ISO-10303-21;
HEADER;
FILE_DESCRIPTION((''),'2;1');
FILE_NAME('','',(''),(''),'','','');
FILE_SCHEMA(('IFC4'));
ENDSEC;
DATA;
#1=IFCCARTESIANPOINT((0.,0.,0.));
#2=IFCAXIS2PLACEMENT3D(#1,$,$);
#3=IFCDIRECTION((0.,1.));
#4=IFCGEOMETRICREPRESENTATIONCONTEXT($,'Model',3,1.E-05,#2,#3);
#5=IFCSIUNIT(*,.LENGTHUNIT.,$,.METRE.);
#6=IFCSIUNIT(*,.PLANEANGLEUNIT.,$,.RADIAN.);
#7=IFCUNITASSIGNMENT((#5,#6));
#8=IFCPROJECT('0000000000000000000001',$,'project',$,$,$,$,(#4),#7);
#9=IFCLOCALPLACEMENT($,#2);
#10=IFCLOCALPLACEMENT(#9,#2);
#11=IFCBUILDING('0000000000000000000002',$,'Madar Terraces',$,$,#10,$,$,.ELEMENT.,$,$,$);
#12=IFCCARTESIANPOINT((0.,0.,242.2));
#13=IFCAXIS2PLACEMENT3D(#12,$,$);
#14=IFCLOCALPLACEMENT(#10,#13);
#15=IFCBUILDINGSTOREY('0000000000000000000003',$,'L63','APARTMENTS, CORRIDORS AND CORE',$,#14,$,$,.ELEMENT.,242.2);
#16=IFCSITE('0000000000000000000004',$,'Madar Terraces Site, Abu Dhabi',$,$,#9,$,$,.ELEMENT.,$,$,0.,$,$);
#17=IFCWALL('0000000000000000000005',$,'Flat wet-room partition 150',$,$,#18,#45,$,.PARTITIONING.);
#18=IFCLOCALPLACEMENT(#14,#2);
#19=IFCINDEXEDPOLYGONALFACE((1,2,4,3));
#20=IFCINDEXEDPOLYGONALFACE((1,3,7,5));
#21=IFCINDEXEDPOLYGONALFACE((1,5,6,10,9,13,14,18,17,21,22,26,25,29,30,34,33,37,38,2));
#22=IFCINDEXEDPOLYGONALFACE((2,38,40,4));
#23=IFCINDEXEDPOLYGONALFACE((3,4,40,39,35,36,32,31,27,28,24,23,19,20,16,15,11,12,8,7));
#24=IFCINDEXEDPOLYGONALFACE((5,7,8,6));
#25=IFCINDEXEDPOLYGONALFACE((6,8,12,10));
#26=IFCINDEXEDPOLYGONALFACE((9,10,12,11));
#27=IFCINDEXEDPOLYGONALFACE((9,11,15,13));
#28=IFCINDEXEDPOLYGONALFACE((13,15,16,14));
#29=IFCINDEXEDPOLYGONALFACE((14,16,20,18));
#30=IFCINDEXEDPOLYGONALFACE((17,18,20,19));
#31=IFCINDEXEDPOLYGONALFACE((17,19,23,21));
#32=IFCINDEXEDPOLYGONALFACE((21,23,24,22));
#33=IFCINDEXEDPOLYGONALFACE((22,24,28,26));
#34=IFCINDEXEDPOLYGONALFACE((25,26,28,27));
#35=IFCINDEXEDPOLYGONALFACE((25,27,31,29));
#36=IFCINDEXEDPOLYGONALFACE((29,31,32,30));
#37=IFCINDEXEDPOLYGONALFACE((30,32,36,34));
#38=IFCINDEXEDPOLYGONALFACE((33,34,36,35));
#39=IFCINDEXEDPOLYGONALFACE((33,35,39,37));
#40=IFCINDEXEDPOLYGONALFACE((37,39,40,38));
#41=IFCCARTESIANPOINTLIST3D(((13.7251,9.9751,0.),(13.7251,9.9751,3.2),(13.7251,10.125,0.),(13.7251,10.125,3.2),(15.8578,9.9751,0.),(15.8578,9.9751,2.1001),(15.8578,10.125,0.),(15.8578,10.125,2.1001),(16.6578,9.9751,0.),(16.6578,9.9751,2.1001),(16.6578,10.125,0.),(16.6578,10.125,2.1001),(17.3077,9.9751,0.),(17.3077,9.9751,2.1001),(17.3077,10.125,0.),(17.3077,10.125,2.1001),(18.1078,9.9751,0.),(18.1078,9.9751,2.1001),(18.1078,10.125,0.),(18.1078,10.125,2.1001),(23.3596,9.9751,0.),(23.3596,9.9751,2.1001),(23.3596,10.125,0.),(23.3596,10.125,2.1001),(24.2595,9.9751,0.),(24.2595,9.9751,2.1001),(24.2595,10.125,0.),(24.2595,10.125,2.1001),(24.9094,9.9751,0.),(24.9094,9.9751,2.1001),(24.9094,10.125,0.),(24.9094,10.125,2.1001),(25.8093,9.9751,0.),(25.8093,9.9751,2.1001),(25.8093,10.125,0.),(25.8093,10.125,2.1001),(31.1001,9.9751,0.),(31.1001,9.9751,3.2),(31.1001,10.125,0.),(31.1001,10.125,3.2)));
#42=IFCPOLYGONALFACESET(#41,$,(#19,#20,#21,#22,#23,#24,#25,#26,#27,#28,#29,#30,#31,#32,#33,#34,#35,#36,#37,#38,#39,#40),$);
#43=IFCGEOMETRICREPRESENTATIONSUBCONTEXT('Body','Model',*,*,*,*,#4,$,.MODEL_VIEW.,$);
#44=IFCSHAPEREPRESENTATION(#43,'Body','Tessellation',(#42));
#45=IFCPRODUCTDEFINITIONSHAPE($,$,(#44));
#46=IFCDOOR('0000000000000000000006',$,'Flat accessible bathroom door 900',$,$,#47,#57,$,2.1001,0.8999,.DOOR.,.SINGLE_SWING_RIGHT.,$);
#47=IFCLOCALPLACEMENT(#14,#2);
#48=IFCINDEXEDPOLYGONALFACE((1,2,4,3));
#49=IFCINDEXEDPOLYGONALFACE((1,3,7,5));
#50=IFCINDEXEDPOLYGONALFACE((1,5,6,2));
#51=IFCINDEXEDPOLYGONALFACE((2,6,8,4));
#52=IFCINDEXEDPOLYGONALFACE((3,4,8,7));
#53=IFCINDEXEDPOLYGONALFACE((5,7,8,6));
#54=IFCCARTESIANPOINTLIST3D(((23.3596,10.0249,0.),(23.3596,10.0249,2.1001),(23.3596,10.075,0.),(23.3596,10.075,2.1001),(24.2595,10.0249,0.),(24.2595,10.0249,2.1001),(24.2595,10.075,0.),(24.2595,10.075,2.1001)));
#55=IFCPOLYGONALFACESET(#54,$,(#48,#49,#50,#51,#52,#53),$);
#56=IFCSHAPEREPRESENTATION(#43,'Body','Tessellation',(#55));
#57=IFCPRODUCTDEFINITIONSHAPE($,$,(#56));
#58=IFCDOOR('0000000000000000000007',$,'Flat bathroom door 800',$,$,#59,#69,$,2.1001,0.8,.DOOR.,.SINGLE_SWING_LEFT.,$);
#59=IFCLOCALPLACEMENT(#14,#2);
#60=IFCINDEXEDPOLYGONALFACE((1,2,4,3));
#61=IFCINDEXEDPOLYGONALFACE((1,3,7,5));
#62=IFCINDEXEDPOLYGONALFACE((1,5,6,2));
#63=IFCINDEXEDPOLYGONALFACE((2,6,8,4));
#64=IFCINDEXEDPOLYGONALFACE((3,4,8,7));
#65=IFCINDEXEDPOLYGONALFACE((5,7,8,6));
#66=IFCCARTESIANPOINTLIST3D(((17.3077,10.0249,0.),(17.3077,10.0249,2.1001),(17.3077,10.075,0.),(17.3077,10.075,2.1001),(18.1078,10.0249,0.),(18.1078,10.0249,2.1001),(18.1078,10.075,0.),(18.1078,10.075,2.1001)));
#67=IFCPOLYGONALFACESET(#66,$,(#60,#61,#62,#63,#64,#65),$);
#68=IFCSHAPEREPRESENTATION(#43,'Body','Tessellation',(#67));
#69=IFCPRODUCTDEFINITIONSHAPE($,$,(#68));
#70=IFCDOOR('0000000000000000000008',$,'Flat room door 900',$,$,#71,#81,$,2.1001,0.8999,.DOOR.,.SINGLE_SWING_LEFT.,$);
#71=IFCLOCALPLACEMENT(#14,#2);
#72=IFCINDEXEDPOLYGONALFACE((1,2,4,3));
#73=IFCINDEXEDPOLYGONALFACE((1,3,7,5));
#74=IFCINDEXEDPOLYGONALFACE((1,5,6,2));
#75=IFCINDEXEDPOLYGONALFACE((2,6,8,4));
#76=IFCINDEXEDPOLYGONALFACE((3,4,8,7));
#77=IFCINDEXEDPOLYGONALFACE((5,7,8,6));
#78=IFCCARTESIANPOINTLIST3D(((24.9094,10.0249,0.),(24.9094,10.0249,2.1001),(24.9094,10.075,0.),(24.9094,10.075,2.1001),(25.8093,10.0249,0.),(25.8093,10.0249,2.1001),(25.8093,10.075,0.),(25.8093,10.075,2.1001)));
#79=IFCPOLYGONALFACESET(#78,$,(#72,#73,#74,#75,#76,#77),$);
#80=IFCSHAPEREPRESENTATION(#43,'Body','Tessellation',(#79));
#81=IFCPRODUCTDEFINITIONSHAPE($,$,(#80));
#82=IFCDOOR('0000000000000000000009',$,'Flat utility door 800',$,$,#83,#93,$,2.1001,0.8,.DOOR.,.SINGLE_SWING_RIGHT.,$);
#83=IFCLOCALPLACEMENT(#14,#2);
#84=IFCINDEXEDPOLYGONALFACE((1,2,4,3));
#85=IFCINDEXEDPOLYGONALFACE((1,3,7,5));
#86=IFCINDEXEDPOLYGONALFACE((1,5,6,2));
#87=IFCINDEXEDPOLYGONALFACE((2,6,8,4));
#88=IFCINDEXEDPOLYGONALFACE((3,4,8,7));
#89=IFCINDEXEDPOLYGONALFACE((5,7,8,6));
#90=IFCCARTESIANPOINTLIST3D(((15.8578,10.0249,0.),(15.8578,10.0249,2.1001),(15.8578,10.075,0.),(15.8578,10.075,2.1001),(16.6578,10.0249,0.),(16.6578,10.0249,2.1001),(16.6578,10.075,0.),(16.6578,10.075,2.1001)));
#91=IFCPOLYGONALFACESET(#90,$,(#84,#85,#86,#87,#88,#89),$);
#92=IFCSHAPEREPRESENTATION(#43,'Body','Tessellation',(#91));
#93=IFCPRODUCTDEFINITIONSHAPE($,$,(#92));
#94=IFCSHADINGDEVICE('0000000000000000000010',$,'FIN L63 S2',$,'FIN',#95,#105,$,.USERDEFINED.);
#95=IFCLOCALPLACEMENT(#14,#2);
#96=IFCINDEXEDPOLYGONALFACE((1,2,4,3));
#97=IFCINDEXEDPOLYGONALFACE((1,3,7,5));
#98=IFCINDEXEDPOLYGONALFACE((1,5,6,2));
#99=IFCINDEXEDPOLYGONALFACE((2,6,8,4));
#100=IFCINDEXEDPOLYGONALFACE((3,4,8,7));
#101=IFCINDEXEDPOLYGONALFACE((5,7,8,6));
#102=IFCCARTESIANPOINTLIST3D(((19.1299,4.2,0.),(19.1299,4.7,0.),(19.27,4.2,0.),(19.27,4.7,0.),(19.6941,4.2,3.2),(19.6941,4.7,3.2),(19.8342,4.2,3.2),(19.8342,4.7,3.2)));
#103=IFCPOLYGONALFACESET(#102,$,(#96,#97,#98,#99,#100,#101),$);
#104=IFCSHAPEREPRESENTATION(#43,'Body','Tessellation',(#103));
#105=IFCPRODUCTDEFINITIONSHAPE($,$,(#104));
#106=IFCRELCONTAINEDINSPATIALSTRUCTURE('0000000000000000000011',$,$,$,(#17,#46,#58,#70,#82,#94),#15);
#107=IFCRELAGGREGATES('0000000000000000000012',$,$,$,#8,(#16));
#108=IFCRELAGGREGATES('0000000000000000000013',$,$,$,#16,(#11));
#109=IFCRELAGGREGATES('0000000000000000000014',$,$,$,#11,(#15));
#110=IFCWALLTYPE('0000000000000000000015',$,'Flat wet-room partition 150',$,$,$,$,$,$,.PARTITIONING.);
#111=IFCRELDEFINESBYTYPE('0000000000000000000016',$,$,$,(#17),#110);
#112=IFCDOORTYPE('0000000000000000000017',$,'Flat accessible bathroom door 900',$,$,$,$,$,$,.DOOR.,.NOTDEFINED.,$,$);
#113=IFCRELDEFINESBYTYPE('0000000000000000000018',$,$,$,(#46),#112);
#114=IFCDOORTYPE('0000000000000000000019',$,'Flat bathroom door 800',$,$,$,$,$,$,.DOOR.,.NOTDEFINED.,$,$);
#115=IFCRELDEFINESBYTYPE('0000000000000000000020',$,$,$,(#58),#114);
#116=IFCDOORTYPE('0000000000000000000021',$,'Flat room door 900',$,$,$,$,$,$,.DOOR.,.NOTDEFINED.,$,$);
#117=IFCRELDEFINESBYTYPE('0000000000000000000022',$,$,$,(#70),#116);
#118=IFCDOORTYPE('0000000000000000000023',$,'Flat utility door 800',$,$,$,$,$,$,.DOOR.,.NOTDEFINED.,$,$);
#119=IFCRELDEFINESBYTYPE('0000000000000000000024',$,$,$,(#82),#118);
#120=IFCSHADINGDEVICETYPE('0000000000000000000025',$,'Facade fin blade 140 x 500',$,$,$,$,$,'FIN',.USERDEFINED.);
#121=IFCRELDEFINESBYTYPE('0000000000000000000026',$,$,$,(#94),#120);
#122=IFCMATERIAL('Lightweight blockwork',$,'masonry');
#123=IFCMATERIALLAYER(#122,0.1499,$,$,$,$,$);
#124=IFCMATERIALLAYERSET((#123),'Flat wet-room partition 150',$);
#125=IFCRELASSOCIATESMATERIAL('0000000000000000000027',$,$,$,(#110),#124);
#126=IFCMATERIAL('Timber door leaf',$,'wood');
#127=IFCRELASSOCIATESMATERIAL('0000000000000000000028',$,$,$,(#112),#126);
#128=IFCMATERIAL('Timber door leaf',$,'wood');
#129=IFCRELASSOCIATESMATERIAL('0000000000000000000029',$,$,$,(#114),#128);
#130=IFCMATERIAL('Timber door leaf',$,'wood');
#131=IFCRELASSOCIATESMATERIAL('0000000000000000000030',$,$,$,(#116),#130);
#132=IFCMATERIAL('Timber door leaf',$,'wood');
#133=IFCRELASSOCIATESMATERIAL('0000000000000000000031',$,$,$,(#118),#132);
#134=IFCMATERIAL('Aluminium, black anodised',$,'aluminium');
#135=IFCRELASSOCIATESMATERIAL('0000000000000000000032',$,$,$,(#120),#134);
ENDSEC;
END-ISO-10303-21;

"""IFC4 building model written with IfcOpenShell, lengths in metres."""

from ifc_helpers import new_model, si_unit, direction, frame, frame_2d, origin, place, context, subcontext, project, spatial, polyline, rectangle, outline, extrude, material, layer, layer_set, type_object, element, fill, save


model = new_model("IFC4")

# Units and contexts
model_context = context("Model", 3, precision=1e-05, world=origin(), true_north=direction((0.0, 1.0)))
body_context = subcontext(model_context, "Body", "Model", "MODEL_VIEW")
ifc_project = project(units=[si_unit("LENGTHUNIT", "METRE"), si_unit("PLANEANGLEUNIT", "RADIAN")], contexts=[model_context])

# Site, building, storey
site_placement = place(None, origin())
site = spatial("IfcSite", under=ifc_project, at=site_placement, Name="Madar Terraces Site, Abu Dhabi", CompositionType="ELEMENT", RefElevation=0.0)
building_placement = place(site_placement, origin())
building = spatial("IfcBuilding", under=site, at=building_placement, Name="Madar Terraces", CompositionType="ELEMENT")
storey_placement = place(building_placement, frame((0.0, 0.0, 242.2)))
storey = spatial("IfcBuildingStorey", under=building, at=storey_placement, Name="L63", Description="APARTMENTS, CORRIDORS AND CORE", CompositionType="ELEMENT", Elevation=242.2)

# Shared definitions
ifc_material_1 = material(Name="Lightweight blockwork", Category="masonry")
ifc_layer_1 = layer(ifc_material_1, 0.1499)
ifc_layer_set_1 = layer_set([ifc_layer_1], Name="Flat wet-room partition 150")
wall_type_1 = type_object("IfcWallType", Name="Flat wet-room partition 150", PredefinedType="PARTITIONING", material=ifc_layer_set_1)

# Wall, openings, doors
wall_1_placement = place(storey_placement, frame((13.7251, 10.05, 0.0), z_axis=(0.0, 0.0, 1.0), x_axis=(1.0, 0.0, 0.0)))
wall_1 = element("IfcWall", 1, at=wall_1_placement, inside=storey, type_object=wall_type_1, Name="Flat wet-room partition 150", PredefinedType="PARTITIONING", context=body_context, shape_type="SweptSolid", body=[
    extrude(rectangle(XDim=17.375, YDim=0.1499, at=frame_2d((8.6875, 0.0))), origin(), (0.0, 0.0, 1.0), 3.2),
])
opening_1_placement = place(wall_1_placement, frame((2.1328, 0.0, 0.0)))
opening_1 = element("IfcOpeningElement", 2, at=opening_1_placement, cuts=wall_1, PredefinedType="OPENING", context=body_context, shape_type="SweptSolid", body=[
    extrude(rectangle(XDim=0.8, YDim=2.1001, at=frame_2d((0.3999, 1.05))), frame((0.0, 0.085, 0.0), z_axis=(0.0, -1.0, 0.0), x_axis=(1.0, 0.0, 0.0)), (0.0, 0.0, 1.0), 0.1699),
])
opening_2_placement = place(wall_1_placement, frame((3.5828, 0.0, 0.0)))
opening_2 = element("IfcOpeningElement", 3, at=opening_2_placement, cuts=wall_1, PredefinedType="OPENING", context=body_context, shape_type="SweptSolid", body=[
    extrude(rectangle(XDim=0.8, YDim=2.1001, at=frame_2d((0.3999, 1.05))), frame((0.0, 0.085, 0.0), z_axis=(0.0, -1.0, 0.0), x_axis=(1.0, 0.0, 0.0)), (0.0, 0.0, 1.0), 0.1699),
])
opening_3_placement = place(wall_1_placement, frame((9.6345, 0.0, 0.0)))
opening_3 = element("IfcOpeningElement", 4, at=opening_3_placement, cuts=wall_1, PredefinedType="OPENING", context=body_context, shape_type="SweptSolid", body=[
    extrude(rectangle(XDim=0.8999, YDim=2.1001, at=frame_2d((0.45, 1.05))), frame((0.0, 0.085, 0.0), z_axis=(0.0, -1.0, 0.0), x_axis=(1.0, 0.0, 0.0)), (0.0, 0.0, 1.0), 0.1699),
])
opening_4_placement = place(wall_1_placement, frame((11.1843, 0.0, 0.0)))
opening_4 = element("IfcOpeningElement", 5, at=opening_4_placement, cuts=wall_1, PredefinedType="OPENING", context=body_context, shape_type="SweptSolid", body=[
    extrude(rectangle(XDim=0.8999, YDim=2.1001, at=frame_2d((0.45, 1.05))), frame((0.0, 0.085, 0.0), z_axis=(0.0, -1.0, 0.0), x_axis=(1.0, 0.0, 0.0)), (0.0, 0.0, 1.0), 0.1699),
])
ifc_material_2 = material(Name="Timber door leaf", Category="wood")
door_type_1 = type_object("IfcDoorType", Name="Flat accessible bathroom door 900", OperationType="NOTDEFINED", PredefinedType="DOOR", material=ifc_material_2)
door_1_placement = place(opening_3_placement, origin())
door_1 = element("IfcDoor", 6, at=door_1_placement, inside=storey, type_object=door_type_1, Name="Flat accessible bathroom door 900", OperationType="SINGLE_SWING_RIGHT", OverallHeight=2.1001, OverallWidth=0.8999, PredefinedType="DOOR", context=body_context, shape_type="SweptSolid", body=[
    extrude(rectangle(XDim=0.8999, YDim=2.1001, at=frame_2d((0.45, 1.05))), frame((0.0, 0.0249, 0.0), z_axis=(0.0, -1.0, 0.0), x_axis=(1.0, 0.0, 0.0)), (0.0, 0.0, 1.0), 0.05),
])
fill(opening_3, door_1)
ifc_material_3 = material(Name="Timber door leaf", Category="wood")
door_type_2 = type_object("IfcDoorType", Name="Flat bathroom door 800", OperationType="NOTDEFINED", PredefinedType="DOOR", material=ifc_material_3)
door_2_placement = place(opening_2_placement, origin())
door_2 = element("IfcDoor", 7, at=door_2_placement, inside=storey, type_object=door_type_2, Name="Flat bathroom door 800", OperationType="SINGLE_SWING_LEFT", OverallHeight=2.1001, OverallWidth=0.8, PredefinedType="DOOR", context=body_context, shape_type="SweptSolid", body=[
    extrude(rectangle(XDim=0.8, YDim=2.1001, at=frame_2d((0.3999, 1.05))), frame((0.0, 0.0249, 0.0), z_axis=(0.0, -1.0, 0.0), x_axis=(1.0, 0.0, 0.0)), (0.0, 0.0, 1.0), 0.05),
])
fill(opening_2, door_2)
ifc_material_4 = material(Name="Timber door leaf", Category="wood")
door_type_3 = type_object("IfcDoorType", Name="Flat room door 900", OperationType="NOTDEFINED", PredefinedType="DOOR", material=ifc_material_4)
door_3_placement = place(opening_4_placement, origin())
door_3 = element("IfcDoor", 8, at=door_3_placement, inside=storey, type_object=door_type_3, Name="Flat room door 900", OperationType="SINGLE_SWING_LEFT", OverallHeight=2.1001, OverallWidth=0.8999, PredefinedType="DOOR", context=body_context, shape_type="SweptSolid", body=[
    extrude(rectangle(XDim=0.8999, YDim=2.1001, at=frame_2d((0.45, 1.05))), frame((0.0, 0.0249, 0.0), z_axis=(0.0, -1.0, 0.0), x_axis=(1.0, 0.0, 0.0)), (0.0, 0.0, 1.0), 0.05),
])
fill(opening_4, door_3)
ifc_material_5 = material(Name="Timber door leaf", Category="wood")
door_type_4 = type_object("IfcDoorType", Name="Flat utility door 800", OperationType="NOTDEFINED", PredefinedType="DOOR", material=ifc_material_5)
door_4_placement = place(opening_1_placement, origin())
door_4 = element("IfcDoor", 9, at=door_4_placement, inside=storey, type_object=door_type_4, Name="Flat utility door 800", OperationType="SINGLE_SWING_RIGHT", OverallHeight=2.1001, OverallWidth=0.8, PredefinedType="DOOR", context=body_context, shape_type="SweptSolid", body=[
    extrude(rectangle(XDim=0.8, YDim=2.1001, at=frame_2d((0.3999, 1.05))), frame((0.0, 0.0249, 0.0), z_axis=(0.0, -1.0, 0.0), x_axis=(1.0, 0.0, 0.0)), (0.0, 0.0, 1.0), 0.05),
])
fill(opening_1, door_4)

# Shading device
ifc_material_6 = material(Name="Aluminium, black anodised", Category="aluminium")
shading_device_type = type_object("IfcShadingDeviceType", Name="Facade fin blade 140 x 500", ElementType="FIN", PredefinedType="USERDEFINED", material=ifc_material_6)
shading_device_placement = place(storey_placement, frame((19.1299, 4.45, 0.0), z_axis=(0.0, 0.0, 1.0), x_axis=(1.0, 0.0, 0.0)))
element("IfcShadingDevice", 10, at=shading_device_placement, inside=storey, type_object=shading_device_type, Name="FIN L63 S2", ObjectType="FIN", PredefinedType="USERDEFINED", context=body_context, shape_type="SweptSolid", body=[
    extrude(outline(polyline([(0.0, 0.0), (0.1401, 0.0), (0.7043, 3.2), (0.5642, 3.2), (0.0, 0.0)])), frame((0.0, 0.25, 0.0), z_axis=(0.0, -1.0, 0.0), x_axis=(1.0, 0.0, 0.0)), (0.0, 0.0, 1.0), 0.5),
])

save(model, "model.ifc")
